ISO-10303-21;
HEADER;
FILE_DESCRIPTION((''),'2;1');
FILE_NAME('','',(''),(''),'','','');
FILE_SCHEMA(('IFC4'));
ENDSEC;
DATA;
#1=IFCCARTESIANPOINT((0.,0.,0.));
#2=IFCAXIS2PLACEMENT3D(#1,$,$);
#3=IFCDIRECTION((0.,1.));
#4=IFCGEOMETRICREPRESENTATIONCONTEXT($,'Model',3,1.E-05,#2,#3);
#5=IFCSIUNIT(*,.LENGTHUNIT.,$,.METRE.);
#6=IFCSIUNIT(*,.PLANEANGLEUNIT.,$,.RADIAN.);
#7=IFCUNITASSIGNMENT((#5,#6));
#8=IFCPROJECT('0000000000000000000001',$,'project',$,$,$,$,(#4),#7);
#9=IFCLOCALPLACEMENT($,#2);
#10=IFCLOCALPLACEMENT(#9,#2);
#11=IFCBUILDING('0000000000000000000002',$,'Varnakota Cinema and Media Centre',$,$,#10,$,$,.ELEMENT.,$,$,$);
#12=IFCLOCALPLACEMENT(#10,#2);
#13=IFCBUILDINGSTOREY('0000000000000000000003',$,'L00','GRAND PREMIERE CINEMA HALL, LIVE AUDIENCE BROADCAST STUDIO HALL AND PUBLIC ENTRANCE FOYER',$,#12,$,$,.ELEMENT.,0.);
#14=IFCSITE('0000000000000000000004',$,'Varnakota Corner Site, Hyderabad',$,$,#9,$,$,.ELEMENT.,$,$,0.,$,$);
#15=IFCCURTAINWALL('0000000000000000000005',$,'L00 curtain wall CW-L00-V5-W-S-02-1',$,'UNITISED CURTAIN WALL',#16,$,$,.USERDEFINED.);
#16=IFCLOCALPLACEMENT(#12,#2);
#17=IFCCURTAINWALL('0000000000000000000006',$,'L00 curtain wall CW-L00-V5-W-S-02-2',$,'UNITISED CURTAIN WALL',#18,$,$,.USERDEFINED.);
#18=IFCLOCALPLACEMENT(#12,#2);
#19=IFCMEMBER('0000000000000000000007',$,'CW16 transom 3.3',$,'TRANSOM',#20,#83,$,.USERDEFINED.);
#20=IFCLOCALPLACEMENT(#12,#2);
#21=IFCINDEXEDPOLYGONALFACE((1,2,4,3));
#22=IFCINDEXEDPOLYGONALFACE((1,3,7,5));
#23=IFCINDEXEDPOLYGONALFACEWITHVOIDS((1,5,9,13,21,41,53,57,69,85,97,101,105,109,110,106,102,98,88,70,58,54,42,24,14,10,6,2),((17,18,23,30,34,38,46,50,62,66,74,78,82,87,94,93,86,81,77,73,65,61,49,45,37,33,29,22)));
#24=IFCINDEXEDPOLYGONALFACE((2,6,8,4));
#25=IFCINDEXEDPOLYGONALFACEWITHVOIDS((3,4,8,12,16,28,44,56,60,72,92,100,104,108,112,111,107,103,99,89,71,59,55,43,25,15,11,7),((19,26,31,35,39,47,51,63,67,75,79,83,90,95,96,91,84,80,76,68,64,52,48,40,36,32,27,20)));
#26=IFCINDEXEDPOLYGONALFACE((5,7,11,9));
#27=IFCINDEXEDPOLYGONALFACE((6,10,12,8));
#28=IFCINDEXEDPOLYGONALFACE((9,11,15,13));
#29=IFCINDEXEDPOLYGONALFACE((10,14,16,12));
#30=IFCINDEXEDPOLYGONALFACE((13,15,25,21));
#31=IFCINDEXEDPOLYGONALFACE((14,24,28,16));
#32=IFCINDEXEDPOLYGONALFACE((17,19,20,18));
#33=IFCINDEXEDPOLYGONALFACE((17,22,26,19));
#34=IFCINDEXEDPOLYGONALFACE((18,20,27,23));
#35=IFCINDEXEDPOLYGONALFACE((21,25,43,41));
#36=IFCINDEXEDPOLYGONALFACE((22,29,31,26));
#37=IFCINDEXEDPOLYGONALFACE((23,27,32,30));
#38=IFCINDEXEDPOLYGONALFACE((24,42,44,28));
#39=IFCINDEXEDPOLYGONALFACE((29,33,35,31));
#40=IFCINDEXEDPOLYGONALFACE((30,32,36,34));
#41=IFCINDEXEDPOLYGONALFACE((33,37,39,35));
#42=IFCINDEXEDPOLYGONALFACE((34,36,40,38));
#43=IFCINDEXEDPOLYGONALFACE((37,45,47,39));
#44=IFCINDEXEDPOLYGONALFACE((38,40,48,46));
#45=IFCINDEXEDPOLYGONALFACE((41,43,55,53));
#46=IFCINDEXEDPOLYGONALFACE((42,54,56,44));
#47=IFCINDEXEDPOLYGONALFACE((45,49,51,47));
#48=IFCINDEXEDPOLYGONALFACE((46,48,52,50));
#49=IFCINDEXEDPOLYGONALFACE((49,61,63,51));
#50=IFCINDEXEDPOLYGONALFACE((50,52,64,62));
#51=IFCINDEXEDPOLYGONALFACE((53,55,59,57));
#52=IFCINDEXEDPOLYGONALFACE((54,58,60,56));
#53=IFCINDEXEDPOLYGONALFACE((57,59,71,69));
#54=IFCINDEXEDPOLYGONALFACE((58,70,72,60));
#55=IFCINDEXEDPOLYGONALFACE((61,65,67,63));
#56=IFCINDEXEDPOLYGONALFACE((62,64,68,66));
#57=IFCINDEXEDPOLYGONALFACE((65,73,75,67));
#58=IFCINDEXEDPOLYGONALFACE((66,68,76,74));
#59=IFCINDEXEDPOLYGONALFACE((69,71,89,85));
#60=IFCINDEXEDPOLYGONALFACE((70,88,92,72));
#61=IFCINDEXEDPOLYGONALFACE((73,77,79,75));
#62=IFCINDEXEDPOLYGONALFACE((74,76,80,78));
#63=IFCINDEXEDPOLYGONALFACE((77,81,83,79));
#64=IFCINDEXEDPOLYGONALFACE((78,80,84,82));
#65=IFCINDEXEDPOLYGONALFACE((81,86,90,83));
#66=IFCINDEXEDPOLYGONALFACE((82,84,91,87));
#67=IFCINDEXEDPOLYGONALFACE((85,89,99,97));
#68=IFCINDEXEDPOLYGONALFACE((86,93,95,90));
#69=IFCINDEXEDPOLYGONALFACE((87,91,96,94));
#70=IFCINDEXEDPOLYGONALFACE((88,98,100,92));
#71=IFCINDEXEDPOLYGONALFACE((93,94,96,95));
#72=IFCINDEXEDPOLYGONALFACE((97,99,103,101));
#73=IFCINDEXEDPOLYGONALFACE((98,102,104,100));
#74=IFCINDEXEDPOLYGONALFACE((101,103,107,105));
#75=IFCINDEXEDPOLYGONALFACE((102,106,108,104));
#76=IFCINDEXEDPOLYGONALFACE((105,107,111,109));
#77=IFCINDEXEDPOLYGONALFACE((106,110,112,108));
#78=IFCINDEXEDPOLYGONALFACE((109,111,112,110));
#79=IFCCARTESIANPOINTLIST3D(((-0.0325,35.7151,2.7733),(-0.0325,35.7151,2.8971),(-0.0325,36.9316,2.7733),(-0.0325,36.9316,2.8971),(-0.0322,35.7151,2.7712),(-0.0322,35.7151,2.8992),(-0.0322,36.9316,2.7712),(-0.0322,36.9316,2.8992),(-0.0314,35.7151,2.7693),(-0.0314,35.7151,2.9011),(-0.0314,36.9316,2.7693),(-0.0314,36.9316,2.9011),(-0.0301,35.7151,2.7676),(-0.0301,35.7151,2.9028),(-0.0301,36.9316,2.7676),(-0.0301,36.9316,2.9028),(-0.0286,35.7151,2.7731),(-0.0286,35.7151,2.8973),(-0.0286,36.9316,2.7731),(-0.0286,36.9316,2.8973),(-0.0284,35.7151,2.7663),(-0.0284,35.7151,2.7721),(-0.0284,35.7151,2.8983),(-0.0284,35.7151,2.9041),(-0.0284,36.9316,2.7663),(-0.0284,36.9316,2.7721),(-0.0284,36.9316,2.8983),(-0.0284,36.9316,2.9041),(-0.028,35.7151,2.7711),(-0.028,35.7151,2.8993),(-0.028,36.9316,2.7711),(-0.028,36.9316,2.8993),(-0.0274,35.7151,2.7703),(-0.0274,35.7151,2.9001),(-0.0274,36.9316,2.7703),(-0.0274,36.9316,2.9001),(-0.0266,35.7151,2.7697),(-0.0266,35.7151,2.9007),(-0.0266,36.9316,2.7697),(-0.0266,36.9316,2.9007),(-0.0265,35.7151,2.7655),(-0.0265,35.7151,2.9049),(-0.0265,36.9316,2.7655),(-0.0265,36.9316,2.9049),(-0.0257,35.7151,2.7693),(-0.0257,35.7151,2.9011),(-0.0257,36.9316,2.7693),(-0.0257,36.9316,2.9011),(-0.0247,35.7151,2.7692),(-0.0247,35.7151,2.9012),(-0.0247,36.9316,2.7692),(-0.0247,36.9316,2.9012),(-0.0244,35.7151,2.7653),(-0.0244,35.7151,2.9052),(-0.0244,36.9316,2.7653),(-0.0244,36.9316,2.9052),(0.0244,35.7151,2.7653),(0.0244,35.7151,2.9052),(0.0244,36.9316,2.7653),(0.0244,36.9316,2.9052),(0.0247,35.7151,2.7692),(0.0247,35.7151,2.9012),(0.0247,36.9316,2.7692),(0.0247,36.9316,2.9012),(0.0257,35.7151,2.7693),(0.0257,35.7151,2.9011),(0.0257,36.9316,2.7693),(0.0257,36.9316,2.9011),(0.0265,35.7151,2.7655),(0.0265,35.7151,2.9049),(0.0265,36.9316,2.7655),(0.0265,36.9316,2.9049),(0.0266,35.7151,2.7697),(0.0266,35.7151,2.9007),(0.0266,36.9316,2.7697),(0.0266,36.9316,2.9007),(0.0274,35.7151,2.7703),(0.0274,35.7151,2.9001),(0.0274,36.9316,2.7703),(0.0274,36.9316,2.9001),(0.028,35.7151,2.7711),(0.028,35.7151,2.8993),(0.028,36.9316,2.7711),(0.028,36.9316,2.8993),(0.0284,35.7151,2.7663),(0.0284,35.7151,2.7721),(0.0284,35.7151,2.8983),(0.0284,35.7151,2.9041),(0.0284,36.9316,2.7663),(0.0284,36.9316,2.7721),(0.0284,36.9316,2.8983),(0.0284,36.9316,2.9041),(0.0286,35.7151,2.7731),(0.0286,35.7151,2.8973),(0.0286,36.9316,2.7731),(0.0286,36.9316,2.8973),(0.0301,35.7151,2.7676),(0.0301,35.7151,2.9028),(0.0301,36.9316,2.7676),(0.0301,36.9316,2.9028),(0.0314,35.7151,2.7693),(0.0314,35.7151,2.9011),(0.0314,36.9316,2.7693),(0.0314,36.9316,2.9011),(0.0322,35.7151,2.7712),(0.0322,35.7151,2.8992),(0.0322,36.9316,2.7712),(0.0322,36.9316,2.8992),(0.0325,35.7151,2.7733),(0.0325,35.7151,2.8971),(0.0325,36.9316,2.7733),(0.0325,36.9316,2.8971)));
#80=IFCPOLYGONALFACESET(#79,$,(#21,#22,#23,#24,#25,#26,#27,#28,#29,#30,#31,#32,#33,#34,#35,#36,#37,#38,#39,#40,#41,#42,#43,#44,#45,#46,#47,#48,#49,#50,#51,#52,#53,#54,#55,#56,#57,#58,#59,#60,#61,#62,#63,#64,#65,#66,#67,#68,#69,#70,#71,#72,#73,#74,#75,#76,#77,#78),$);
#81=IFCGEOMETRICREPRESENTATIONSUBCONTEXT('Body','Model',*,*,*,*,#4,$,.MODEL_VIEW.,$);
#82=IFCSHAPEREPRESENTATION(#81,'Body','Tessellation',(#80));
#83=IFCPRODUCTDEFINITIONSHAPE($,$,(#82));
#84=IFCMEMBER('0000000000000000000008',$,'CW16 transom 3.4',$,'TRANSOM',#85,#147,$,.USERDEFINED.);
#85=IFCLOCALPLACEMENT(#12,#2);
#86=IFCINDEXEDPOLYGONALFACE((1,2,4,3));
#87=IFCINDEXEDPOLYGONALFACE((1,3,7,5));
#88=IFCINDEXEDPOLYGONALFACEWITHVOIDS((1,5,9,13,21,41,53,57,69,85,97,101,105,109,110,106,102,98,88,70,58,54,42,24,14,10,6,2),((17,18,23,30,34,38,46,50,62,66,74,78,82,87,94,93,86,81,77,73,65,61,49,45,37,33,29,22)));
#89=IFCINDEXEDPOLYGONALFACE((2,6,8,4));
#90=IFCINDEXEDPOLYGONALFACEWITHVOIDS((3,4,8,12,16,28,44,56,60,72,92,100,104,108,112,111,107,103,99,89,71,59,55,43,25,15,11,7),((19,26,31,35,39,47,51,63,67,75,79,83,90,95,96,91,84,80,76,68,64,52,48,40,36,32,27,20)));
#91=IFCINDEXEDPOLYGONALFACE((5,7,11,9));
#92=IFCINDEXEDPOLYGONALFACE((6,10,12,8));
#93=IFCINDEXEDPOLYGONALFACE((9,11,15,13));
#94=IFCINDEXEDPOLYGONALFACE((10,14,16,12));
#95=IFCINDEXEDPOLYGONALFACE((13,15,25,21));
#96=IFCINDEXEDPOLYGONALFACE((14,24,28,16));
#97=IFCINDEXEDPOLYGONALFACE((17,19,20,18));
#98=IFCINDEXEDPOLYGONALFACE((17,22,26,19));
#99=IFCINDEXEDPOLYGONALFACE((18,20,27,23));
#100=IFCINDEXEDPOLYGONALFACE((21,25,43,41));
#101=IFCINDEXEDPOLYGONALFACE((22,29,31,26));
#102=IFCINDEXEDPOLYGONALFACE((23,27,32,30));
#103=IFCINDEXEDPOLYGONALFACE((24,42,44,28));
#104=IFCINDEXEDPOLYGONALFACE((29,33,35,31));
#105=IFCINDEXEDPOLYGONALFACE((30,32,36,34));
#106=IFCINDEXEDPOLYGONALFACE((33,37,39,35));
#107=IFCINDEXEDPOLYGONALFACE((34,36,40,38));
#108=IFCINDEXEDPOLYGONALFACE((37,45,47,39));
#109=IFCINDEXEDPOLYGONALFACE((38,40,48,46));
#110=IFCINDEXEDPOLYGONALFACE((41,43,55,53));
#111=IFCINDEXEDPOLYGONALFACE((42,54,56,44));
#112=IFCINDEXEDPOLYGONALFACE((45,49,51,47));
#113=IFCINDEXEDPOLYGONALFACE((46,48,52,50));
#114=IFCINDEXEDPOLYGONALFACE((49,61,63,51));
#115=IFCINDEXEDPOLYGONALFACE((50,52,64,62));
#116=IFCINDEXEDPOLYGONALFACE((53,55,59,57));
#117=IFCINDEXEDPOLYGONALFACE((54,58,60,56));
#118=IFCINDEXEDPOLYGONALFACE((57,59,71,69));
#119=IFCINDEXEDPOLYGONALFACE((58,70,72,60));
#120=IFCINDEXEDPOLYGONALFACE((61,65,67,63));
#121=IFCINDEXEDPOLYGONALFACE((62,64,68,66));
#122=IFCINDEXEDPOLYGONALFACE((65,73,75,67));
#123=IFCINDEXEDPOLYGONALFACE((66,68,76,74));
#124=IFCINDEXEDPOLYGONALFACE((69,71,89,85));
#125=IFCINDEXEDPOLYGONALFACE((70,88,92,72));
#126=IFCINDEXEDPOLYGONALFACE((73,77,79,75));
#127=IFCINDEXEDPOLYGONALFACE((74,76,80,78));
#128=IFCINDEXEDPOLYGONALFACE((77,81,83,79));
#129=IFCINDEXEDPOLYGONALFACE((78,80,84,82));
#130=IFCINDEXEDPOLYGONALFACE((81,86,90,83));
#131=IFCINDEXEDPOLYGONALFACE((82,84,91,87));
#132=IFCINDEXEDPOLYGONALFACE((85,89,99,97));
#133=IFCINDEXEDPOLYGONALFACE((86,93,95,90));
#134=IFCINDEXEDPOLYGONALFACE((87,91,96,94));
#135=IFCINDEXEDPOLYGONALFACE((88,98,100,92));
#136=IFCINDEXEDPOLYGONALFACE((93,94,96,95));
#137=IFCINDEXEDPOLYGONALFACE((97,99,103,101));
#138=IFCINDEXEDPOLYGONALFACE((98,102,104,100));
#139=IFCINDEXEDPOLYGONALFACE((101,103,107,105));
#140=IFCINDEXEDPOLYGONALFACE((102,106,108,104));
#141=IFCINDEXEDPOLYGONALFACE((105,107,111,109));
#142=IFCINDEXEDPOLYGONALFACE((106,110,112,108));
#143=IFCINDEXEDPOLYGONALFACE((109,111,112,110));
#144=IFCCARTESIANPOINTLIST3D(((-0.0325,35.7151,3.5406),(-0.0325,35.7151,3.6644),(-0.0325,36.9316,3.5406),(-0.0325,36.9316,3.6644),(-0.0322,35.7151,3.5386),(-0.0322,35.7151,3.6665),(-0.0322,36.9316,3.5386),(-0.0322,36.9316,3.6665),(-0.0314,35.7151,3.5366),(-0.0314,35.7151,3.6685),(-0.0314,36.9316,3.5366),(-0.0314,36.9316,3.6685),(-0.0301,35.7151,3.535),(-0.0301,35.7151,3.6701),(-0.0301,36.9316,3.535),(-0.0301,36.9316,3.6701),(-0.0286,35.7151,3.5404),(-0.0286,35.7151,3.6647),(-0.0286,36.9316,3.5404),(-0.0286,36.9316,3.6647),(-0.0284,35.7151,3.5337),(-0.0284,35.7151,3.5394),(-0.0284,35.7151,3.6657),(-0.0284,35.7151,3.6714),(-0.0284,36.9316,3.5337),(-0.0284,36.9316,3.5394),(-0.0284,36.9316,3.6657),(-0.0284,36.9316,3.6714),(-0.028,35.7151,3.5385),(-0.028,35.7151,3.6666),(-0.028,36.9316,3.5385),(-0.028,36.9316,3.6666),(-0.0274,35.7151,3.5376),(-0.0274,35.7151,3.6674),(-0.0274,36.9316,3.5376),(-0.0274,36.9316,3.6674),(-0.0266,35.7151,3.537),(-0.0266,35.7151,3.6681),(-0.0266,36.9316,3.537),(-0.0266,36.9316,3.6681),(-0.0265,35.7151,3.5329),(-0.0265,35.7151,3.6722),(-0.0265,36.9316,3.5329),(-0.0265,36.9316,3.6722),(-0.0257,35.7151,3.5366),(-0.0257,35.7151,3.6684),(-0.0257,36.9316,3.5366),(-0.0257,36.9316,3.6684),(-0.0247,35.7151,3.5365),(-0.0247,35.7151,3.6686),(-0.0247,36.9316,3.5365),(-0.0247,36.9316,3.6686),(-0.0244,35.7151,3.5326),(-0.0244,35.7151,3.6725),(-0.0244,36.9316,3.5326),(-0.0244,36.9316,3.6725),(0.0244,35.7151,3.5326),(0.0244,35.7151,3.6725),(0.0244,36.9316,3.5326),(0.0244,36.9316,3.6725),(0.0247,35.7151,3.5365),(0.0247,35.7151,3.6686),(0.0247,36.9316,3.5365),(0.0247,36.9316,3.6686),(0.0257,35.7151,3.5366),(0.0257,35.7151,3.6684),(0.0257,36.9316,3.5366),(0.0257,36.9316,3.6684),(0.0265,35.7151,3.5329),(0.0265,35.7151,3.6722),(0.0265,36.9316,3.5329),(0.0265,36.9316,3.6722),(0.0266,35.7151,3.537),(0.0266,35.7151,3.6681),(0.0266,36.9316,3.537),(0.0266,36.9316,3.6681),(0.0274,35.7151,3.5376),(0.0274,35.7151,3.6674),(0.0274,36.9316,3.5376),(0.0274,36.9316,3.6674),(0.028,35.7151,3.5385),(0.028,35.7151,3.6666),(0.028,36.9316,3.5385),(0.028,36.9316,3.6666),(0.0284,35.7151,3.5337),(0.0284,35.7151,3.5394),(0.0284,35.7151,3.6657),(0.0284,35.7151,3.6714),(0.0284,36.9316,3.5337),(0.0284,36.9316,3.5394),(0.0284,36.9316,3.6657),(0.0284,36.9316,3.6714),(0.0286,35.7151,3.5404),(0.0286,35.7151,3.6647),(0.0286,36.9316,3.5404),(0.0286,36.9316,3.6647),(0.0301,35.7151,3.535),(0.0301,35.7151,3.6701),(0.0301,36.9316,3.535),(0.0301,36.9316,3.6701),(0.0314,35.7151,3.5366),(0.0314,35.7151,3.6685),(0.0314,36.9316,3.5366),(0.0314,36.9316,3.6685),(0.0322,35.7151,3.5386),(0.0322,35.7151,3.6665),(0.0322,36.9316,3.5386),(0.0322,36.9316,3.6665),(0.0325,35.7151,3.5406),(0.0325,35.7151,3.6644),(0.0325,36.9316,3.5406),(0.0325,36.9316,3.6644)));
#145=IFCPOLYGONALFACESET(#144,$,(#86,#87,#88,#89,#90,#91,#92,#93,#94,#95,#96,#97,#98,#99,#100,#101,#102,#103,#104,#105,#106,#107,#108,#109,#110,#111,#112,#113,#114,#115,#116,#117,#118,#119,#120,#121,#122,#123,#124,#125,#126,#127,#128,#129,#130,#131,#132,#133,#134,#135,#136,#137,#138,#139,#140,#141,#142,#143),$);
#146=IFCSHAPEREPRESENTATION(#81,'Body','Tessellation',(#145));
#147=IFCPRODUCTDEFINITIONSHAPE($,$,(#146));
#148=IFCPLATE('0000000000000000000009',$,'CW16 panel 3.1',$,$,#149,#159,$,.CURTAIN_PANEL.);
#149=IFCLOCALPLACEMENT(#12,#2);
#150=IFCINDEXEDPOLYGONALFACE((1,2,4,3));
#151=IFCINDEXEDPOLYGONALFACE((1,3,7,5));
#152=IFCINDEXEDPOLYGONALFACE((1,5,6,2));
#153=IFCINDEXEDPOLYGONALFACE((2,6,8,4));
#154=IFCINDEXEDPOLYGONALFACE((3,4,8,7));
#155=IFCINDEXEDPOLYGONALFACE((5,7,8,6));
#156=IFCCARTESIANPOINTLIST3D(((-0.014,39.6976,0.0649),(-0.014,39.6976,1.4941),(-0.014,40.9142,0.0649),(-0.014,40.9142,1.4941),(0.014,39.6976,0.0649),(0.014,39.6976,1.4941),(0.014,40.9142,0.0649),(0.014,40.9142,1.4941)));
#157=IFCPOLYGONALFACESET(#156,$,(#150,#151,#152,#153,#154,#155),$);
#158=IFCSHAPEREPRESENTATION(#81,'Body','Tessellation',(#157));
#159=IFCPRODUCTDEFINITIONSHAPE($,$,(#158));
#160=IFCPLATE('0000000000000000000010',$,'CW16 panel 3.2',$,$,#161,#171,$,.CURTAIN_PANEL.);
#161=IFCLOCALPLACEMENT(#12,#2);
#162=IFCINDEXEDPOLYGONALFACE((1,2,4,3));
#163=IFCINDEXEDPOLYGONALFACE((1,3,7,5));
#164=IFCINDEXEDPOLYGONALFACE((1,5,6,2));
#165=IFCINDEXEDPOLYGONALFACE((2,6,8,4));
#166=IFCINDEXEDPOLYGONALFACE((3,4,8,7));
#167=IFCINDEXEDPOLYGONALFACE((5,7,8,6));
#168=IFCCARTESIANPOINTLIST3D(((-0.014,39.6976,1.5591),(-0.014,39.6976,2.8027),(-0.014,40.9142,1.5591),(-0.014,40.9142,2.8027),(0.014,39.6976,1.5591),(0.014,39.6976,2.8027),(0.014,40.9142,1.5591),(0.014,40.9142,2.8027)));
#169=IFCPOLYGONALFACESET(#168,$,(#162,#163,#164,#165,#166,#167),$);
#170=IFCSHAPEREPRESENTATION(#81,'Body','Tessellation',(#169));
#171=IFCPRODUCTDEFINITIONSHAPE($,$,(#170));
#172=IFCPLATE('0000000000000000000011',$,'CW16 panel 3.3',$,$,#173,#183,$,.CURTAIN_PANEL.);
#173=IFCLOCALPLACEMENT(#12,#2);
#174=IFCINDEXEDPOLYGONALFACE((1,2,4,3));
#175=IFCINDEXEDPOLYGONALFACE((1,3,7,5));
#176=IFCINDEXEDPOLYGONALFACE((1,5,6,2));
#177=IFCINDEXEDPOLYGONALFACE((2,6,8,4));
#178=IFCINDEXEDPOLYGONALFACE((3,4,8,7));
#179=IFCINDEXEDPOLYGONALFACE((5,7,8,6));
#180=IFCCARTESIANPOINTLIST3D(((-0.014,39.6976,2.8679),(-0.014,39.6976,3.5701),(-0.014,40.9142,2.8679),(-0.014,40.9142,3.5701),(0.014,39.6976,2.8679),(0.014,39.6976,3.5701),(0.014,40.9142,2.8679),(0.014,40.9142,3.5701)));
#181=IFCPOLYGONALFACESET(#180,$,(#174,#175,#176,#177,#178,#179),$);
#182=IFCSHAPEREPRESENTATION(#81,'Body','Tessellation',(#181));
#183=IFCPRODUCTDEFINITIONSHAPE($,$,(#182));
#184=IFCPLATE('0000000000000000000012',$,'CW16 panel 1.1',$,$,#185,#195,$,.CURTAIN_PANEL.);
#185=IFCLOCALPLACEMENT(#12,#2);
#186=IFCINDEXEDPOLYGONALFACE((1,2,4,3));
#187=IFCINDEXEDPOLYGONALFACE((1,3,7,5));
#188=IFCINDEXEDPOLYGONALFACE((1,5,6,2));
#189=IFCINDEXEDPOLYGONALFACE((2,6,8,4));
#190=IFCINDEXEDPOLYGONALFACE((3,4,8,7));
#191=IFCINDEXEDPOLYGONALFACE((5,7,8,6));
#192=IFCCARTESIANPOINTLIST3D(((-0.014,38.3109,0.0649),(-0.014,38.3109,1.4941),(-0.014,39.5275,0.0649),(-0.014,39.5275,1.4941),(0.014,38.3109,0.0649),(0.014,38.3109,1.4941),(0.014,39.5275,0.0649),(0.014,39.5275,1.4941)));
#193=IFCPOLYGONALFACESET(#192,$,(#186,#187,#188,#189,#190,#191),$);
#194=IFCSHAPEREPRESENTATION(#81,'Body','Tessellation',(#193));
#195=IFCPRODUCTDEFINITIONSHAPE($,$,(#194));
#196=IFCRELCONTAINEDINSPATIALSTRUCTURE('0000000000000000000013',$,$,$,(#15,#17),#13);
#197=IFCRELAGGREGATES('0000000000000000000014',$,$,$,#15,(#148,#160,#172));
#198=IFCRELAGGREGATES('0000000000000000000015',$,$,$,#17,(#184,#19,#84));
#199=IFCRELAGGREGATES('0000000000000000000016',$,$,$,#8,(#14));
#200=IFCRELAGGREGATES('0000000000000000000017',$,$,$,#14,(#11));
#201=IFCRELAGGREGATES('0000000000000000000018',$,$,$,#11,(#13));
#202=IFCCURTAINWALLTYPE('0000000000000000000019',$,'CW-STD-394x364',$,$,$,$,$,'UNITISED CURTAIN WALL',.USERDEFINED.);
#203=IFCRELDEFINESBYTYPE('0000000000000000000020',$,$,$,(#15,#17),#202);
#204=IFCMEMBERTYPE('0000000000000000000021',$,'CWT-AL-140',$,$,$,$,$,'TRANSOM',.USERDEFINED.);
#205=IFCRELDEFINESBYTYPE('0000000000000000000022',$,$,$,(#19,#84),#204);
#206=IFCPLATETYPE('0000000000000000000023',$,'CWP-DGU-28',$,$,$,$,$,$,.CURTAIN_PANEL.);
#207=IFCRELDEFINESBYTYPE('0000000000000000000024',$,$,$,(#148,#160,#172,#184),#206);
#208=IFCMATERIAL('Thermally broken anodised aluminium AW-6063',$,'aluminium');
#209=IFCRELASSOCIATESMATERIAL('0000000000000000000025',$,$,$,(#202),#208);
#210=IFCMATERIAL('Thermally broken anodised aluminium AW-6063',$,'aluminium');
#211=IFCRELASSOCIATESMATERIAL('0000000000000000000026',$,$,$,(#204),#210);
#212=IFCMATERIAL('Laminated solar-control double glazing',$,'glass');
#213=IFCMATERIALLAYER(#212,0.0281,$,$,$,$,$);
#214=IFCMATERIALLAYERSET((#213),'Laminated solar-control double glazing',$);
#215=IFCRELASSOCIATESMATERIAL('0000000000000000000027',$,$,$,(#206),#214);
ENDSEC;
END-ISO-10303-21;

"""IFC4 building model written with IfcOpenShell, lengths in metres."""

from ifc_helpers import new_model, si_unit, direction, frame, origin, origin_2d, place, context, subcontext, project, spatial, rectangle, hollow_rectangle, extrude, material, layer, layer_set, material_profile, profile_set, type_object, element, aggregate, save


model = new_model("IFC4")

# Units and contexts
model_context = context("Model", 3, precision=1e-05, world=origin(), true_north=direction((0.0, 1.0)))
body_context = subcontext(model_context, "Body", "Model", "MODEL_VIEW")
ifc_project = project(units=[si_unit("LENGTHUNIT", "METRE"), si_unit("PLANEANGLEUNIT", "RADIAN")], contexts=[model_context])

# Site, building, storey
site_placement = place(None, origin())
site = spatial("IfcSite", under=ifc_project, at=site_placement, Name="Varnakota Corner Site, Hyderabad", CompositionType="ELEMENT", RefElevation=0.0)
building_placement = place(site_placement, origin())
building = spatial("IfcBuilding", under=site, at=building_placement, Name="Varnakota Cinema and Media Centre", CompositionType="ELEMENT")
storey_placement = place(building_placement, origin())
storey = spatial("IfcBuildingStorey", under=building, at=storey_placement, Name="L00", Description="GRAND PREMIERE CINEMA HALL, LIVE AUDIENCE BROADCAST STUDIO HALL AND PUBLIC ENTRANCE FOYER", CompositionType="ELEMENT", Elevation=0.0)

# Curtain wall
ifc_material_1 = material(Name="Thermally broken anodised aluminium AW-6063", Category="aluminium")
curtain_wall_type = type_object("IfcCurtainWallType", Name="CW-STD-394x364", ElementType="UNITISED CURTAIN WALL", PredefinedType="USERDEFINED", material=ifc_material_1)
curtain_wall_1_placement = place(storey_placement, origin())
curtain_wall_1 = element("IfcCurtainWall", 1, at=curtain_wall_1_placement, inside=storey, type_object=curtain_wall_type, Name="L00 curtain wall CW-L00-V5-W-S-02-1", ObjectType="UNITISED CURTAIN WALL", PredefinedType="USERDEFINED")

# Curtain wall
curtain_wall_2_placement = place(storey_placement, origin())
curtain_wall_2 = element("IfcCurtainWall", 2, at=curtain_wall_2_placement, inside=storey, type_object=curtain_wall_type, Name="L00 curtain wall CW-L00-V5-W-S-02-2", ObjectType="UNITISED CURTAIN WALL", PredefinedType="USERDEFINED")

# Members
ifc_material_2 = material(Name="Thermally broken anodised aluminium AW-6063", Category="aluminium")
ifc_material_profile_1 = material_profile(ifc_material_2, hollow_rectangle(XDim=0.0649, YDim=0.1399, WallThickness=0.0039, InnerFilletRadius=0.0039, OuterFilletRadius=0.0081, at=origin_2d()), Name="AL-TRANSOM 140x65x4")
ifc_profile_set_1 = profile_set([ifc_material_profile_1], Name="Thermally broken anodised aluminium AW-6063")
member_type_1 = type_object("IfcMemberType", Name="CWT-AL-140", ElementType="TRANSOM", PredefinedType="USERDEFINED", material=ifc_profile_set_1)
member_1_placement = place(storey_placement, frame((0.0, 36.9316, 2.8352), z_axis=(0.0, -1.0, 0.0), x_axis=(1.0, 0.0, 0.0)))
member_1 = element("IfcMember", 3, at=member_1_placement, type_object=member_type_1, Name="CW16 transom 3.3", ObjectType="TRANSOM", PredefinedType="USERDEFINED", context=body_context, shape_type="SweptSolid", body=[
    extrude(hollow_rectangle(XDim=0.0649, YDim=0.1399, WallThickness=0.0039, InnerFilletRadius=0.0039, OuterFilletRadius=0.0081, at=origin_2d()), origin(), (0.0, 0.0, 1.0), 1.2166),
])
member_2_placement = place(storey_placement, frame((0.0, 36.9316, 3.6025), z_axis=(0.0, -1.0, 0.0), x_axis=(1.0, 0.0, 0.0)))
member_2 = element("IfcMember", 4, at=member_2_placement, type_object=member_type_1, Name="CW16 transom 3.4", ObjectType="TRANSOM", PredefinedType="USERDEFINED", context=body_context, shape_type="SweptSolid", body=[
    extrude(hollow_rectangle(XDim=0.0649, YDim=0.1399, WallThickness=0.0039, InnerFilletRadius=0.0039, OuterFilletRadius=0.0081, at=origin_2d()), origin(), (0.0, 0.0, 1.0), 1.2166),
])

# Plates
ifc_material_3 = material(Name="Laminated solar-control double glazing", Category="glass")
ifc_layer = layer(ifc_material_3, 0.0281)
ifc_layer_set = layer_set([ifc_layer], Name="Laminated solar-control double glazing")
plate_type = type_object("IfcPlateType", Name="CWP-DGU-28", PredefinedType="CURTAIN_PANEL", material=ifc_layer_set)
plate_1_placement = place(storey_placement, frame((0.0, 40.3059, 0.0649), z_axis=(0.0, 0.0, 1.0), x_axis=(0.0, -1.0, 0.0)))
plate_1 = element("IfcPlate", 5, at=plate_1_placement, type_object=plate_type, Name="CW16 panel 3.1", PredefinedType="CURTAIN_PANEL", context=body_context, shape_type="SweptSolid", body=[
    extrude(rectangle(XDim=1.2166, YDim=0.0281, at=origin_2d()), origin(), (0.0, 0.0, 1.0), 1.4292),
])
plate_2_placement = place(storey_placement, frame((0.0, 40.3059, 1.5591), z_axis=(0.0, 0.0, 1.0), x_axis=(0.0, -1.0, 0.0)))
plate_2 = element("IfcPlate", 6, at=plate_2_placement, type_object=plate_type, Name="CW16 panel 3.2", PredefinedType="CURTAIN_PANEL", context=body_context, shape_type="SweptSolid", body=[
    extrude(rectangle(XDim=1.2166, YDim=0.0281, at=origin_2d()), origin(), (0.0, 0.0, 1.0), 1.2437),
])
plate_3_placement = place(storey_placement, frame((0.0, 40.3059, 2.8679), z_axis=(0.0, 0.0, 1.0), x_axis=(0.0, -1.0, 0.0)))
plate_3 = element("IfcPlate", 7, at=plate_3_placement, type_object=plate_type, Name="CW16 panel 3.3", PredefinedType="CURTAIN_PANEL", context=body_context, shape_type="SweptSolid", body=[
    extrude(rectangle(XDim=1.2166, YDim=0.0281, at=origin_2d()), origin(), (0.0, 0.0, 1.0), 0.7021),
])
aggregate(curtain_wall_1, [plate_1, plate_2, plate_3])
plate_4_placement = place(storey_placement, frame((0.0, 38.9192, 0.0649), z_axis=(0.0, 0.0, 1.0), x_axis=(0.0, -1.0, 0.0)))
plate_4 = element("IfcPlate", 8, at=plate_4_placement, type_object=plate_type, Name="CW16 panel 1.1", PredefinedType="CURTAIN_PANEL", context=body_context, shape_type="SweptSolid", body=[
    extrude(rectangle(XDim=1.2166, YDim=0.0281, at=origin_2d()), origin(), (0.0, 0.0, 1.0), 1.4292),
])
aggregate(curtain_wall_2, [plate_4, member_1, member_2])

save(model, "model.ifc")
